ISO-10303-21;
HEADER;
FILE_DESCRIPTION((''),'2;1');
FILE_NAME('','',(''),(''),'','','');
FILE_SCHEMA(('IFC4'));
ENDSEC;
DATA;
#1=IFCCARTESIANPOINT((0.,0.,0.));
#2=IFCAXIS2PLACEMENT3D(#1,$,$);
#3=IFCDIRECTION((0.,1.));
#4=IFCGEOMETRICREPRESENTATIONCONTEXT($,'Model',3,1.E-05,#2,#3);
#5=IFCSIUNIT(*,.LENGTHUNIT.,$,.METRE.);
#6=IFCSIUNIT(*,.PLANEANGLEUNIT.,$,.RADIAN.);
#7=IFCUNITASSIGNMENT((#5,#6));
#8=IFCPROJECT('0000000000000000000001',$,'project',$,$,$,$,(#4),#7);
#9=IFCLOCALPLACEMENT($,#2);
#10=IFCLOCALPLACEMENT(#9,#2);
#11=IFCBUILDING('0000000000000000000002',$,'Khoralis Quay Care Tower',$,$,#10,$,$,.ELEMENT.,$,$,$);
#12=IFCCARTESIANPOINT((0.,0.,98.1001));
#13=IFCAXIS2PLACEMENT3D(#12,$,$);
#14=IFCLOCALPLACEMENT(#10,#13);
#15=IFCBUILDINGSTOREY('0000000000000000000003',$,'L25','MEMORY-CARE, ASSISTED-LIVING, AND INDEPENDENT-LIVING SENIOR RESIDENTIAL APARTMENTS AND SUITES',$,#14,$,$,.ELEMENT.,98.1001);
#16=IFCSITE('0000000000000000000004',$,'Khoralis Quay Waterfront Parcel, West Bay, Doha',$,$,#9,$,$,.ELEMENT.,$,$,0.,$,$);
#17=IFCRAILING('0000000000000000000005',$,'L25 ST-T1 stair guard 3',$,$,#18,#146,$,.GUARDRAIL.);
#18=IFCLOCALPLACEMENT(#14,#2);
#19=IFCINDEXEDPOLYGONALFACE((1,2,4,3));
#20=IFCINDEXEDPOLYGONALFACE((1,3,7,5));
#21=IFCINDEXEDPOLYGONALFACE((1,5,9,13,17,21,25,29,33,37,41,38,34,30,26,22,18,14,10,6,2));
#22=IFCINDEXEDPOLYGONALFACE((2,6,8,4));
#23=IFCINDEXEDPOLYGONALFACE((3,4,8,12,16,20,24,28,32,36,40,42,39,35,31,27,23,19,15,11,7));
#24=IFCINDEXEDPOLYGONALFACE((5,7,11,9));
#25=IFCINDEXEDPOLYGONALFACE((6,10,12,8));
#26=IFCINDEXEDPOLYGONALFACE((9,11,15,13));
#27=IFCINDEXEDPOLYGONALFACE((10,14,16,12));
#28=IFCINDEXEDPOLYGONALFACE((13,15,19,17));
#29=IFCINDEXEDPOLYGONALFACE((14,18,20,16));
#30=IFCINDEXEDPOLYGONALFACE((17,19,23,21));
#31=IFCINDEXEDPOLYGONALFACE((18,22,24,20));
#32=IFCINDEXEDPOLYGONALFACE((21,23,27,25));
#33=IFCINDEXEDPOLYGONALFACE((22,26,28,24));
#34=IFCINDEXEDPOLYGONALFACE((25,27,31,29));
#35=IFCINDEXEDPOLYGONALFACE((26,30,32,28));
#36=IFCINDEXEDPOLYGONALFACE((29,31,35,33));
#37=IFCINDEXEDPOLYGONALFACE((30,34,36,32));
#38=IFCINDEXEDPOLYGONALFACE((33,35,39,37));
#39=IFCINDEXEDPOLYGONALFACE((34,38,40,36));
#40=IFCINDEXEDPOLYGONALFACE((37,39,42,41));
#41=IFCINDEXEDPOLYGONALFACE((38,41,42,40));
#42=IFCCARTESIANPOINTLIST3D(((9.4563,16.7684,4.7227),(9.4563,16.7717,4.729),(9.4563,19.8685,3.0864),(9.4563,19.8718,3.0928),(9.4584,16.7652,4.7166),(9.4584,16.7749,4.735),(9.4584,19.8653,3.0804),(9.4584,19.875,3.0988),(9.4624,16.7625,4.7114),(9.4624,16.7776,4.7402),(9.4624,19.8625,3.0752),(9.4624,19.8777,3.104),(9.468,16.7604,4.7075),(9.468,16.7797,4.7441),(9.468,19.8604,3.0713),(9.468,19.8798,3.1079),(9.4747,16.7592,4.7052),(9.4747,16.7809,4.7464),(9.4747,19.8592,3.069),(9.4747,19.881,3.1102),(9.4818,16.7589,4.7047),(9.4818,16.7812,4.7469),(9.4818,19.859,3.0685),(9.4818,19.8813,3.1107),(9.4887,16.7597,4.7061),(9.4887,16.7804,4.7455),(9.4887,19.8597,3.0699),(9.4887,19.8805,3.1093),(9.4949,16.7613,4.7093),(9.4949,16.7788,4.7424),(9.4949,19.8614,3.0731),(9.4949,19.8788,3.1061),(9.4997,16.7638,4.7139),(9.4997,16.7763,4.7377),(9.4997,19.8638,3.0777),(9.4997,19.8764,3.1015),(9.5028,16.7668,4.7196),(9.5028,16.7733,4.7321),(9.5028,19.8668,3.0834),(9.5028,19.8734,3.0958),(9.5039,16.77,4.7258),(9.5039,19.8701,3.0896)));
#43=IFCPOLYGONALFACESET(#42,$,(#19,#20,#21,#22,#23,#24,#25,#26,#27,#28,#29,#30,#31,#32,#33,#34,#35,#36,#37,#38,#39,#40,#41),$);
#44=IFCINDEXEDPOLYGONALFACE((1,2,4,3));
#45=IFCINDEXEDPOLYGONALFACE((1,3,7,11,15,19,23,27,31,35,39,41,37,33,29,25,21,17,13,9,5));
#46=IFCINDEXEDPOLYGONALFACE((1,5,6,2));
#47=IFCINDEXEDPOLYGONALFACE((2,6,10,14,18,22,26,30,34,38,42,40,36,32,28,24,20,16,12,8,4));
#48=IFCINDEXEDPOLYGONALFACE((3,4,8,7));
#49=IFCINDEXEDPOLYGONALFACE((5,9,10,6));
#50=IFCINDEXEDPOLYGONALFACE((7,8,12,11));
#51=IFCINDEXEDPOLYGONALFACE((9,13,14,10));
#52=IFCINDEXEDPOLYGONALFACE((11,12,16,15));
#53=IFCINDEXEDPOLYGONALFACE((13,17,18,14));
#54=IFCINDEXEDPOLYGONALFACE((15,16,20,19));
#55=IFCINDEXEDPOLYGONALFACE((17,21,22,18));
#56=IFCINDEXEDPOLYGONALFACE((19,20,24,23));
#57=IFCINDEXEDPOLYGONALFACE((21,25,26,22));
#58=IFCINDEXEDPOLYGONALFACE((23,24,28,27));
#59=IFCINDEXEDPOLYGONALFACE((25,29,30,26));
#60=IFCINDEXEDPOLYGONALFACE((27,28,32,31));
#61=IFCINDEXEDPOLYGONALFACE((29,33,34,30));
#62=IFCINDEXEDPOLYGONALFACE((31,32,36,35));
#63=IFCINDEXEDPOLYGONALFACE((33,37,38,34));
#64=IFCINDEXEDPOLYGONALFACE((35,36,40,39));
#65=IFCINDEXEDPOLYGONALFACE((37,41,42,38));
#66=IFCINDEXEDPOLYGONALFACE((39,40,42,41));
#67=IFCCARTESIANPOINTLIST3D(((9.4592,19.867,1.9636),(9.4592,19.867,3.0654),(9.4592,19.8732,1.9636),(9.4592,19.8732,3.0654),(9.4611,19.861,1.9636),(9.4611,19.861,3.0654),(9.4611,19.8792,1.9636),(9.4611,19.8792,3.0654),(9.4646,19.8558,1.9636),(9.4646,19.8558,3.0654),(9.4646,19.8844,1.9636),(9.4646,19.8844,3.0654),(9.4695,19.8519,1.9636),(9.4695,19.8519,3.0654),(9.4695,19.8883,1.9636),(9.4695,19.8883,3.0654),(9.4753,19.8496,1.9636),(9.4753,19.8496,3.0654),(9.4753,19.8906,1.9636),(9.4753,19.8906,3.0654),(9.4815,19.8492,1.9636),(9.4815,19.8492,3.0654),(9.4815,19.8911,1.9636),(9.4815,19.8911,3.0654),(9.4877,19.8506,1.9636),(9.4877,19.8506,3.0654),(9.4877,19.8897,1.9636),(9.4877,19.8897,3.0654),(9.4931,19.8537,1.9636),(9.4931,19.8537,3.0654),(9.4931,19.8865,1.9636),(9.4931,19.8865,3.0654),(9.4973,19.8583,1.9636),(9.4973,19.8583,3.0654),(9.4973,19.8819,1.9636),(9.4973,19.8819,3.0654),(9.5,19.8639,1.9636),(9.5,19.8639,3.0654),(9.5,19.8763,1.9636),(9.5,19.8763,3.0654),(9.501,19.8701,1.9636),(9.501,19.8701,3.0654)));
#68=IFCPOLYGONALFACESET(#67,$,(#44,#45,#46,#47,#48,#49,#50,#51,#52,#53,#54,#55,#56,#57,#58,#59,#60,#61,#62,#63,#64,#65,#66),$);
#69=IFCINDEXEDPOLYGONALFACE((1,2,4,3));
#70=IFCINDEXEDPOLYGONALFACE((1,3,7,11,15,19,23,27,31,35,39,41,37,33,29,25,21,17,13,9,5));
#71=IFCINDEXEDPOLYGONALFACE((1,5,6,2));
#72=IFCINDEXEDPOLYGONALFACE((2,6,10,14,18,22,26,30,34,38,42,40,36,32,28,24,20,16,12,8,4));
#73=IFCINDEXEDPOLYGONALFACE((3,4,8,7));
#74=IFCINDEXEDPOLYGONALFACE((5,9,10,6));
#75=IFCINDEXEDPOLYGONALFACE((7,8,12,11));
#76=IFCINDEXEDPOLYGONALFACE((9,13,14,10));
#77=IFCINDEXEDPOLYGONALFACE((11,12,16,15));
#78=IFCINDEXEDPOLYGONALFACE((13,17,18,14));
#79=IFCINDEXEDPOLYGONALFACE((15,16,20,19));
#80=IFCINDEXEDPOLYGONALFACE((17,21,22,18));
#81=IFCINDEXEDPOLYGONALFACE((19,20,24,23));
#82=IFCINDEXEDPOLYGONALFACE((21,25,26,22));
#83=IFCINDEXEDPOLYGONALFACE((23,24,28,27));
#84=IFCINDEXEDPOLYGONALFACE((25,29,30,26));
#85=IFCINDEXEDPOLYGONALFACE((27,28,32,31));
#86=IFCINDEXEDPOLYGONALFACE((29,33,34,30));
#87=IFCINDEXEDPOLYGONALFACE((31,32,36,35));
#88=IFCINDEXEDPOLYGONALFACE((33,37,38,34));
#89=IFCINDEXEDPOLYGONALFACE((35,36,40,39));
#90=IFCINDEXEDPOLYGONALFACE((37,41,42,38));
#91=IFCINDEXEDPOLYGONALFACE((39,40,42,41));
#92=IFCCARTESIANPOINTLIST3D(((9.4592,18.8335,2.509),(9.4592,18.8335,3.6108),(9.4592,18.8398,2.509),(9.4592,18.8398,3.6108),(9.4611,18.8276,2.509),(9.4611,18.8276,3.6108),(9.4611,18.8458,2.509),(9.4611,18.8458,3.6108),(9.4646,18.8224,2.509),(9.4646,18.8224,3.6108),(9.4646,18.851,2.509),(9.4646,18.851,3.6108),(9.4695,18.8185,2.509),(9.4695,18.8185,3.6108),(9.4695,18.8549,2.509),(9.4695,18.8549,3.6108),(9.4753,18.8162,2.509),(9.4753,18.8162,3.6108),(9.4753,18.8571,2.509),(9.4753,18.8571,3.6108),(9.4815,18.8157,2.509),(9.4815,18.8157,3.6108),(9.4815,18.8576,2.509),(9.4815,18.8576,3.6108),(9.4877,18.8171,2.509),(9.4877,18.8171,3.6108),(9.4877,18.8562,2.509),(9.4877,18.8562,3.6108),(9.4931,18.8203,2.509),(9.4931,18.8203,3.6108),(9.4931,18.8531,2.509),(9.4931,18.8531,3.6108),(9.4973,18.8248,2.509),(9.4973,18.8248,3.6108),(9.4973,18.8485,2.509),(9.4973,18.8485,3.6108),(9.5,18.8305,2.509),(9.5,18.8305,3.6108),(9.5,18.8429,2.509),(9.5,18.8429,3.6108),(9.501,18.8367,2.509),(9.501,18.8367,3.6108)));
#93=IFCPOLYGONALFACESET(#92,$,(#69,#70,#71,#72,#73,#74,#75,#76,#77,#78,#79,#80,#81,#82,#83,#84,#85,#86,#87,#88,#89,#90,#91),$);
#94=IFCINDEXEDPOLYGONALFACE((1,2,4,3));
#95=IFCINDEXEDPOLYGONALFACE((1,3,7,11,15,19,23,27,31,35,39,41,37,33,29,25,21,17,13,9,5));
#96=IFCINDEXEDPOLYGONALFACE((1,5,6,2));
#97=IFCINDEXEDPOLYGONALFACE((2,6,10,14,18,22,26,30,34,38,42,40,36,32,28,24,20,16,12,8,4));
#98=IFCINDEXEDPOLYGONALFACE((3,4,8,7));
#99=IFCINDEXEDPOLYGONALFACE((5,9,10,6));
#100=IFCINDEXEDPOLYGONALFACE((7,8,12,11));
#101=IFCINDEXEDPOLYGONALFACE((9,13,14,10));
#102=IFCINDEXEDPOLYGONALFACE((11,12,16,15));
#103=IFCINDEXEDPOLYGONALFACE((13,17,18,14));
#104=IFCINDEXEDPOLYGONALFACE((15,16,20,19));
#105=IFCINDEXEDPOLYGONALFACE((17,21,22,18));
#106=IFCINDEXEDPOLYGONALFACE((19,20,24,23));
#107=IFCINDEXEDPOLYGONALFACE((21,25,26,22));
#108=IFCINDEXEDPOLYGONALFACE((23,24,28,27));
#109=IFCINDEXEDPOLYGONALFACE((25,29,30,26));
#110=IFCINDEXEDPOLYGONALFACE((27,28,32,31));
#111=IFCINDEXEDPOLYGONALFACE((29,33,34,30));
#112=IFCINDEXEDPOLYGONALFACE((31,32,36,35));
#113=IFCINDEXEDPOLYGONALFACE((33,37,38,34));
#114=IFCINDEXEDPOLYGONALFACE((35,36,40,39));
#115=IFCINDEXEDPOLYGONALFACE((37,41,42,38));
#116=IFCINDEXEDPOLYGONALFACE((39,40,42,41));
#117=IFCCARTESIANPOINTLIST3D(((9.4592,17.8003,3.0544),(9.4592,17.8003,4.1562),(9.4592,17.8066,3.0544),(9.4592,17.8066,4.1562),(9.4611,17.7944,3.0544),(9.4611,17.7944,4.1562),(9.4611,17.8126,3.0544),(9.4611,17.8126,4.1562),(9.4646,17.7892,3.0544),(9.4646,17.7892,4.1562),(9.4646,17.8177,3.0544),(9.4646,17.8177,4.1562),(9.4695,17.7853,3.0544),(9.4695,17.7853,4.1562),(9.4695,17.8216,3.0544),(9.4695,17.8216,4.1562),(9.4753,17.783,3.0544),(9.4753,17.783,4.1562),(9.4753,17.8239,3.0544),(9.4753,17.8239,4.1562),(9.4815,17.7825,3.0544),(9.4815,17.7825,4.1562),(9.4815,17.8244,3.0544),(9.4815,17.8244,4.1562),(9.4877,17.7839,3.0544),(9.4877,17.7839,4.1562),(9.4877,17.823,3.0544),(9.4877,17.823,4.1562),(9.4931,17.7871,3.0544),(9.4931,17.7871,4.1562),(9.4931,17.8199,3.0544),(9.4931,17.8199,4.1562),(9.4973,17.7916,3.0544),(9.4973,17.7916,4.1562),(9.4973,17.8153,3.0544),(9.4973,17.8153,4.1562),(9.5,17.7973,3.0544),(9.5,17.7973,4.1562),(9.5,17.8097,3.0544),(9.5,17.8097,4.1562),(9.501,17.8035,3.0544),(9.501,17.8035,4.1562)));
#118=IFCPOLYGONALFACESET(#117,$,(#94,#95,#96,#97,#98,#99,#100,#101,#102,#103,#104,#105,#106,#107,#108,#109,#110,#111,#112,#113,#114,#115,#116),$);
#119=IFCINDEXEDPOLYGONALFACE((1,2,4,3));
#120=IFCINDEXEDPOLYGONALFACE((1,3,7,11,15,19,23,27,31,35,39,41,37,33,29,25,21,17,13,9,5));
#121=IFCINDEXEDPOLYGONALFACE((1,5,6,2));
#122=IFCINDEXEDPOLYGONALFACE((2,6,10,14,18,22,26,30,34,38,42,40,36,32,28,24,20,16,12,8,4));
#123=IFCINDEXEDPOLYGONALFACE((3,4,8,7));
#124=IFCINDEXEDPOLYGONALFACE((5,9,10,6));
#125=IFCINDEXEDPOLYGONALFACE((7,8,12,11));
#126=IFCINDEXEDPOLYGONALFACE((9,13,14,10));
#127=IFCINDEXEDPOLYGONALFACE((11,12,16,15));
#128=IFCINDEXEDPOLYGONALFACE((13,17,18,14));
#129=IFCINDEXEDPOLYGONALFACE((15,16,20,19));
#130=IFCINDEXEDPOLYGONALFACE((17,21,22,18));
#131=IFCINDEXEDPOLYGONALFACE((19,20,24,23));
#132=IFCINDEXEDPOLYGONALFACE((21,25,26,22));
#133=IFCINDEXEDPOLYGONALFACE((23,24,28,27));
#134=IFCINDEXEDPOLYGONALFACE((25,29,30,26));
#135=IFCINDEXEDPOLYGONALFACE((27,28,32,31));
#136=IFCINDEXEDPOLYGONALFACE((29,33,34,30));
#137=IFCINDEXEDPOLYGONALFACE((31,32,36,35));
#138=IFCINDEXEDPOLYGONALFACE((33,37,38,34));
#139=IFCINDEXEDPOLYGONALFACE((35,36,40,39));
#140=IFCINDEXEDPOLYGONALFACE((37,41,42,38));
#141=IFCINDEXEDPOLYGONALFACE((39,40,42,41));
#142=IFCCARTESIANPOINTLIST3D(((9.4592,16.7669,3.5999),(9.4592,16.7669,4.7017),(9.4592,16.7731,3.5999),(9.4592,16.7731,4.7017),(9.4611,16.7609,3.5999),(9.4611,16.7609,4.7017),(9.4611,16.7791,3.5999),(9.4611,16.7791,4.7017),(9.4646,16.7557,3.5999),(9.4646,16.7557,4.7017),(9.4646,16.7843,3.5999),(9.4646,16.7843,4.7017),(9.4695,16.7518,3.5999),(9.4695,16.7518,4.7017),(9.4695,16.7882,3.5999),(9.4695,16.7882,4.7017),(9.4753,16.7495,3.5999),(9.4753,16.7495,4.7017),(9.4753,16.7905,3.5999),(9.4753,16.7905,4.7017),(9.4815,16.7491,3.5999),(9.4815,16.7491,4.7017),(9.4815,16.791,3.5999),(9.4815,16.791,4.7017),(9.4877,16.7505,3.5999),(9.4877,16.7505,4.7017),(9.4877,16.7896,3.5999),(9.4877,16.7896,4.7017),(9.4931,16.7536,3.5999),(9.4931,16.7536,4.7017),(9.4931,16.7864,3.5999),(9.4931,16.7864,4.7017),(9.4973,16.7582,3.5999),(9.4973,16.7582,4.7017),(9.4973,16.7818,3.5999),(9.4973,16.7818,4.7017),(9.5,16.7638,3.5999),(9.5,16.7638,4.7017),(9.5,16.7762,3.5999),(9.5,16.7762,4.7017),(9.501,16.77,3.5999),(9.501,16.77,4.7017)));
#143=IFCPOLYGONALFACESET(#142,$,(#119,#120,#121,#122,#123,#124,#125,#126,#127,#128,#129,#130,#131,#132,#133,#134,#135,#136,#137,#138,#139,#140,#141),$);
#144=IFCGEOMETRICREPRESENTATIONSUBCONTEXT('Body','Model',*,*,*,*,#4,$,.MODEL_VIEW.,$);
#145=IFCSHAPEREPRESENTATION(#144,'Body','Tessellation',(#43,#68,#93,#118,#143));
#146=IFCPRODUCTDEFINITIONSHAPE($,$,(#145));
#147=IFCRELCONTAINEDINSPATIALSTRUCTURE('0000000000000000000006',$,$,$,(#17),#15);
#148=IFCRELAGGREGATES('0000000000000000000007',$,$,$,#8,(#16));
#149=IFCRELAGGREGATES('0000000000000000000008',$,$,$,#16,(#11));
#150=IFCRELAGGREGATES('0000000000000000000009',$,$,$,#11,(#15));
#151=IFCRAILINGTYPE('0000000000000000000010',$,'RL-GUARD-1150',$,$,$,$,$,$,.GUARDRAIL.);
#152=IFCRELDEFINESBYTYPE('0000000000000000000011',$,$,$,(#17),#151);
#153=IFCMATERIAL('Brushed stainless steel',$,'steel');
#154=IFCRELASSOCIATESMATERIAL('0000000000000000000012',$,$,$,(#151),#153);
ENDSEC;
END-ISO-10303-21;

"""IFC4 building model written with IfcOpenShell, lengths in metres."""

from ifc_helpers import new_model, si_unit, direction, frame, origin, origin_2d, place, context, subcontext, project, spatial, circle, extrude, material, type_object, element, save


model = new_model("IFC4")

# Units and contexts
model_context = context("Model", 3, precision=1e-05, world=origin(), true_north=direction((0.0, 1.0)))
body_context = subcontext(model_context, "Body", "Model", "MODEL_VIEW")
ifc_project = project(units=[si_unit("LENGTHUNIT", "METRE"), si_unit("PLANEANGLEUNIT", "RADIAN")], contexts=[model_context])

# Site, building, storey
site_placement = place(None, origin())
site = spatial("IfcSite", under=ifc_project, at=site_placement, Name="Khoralis Quay Waterfront Parcel, West Bay, Doha", CompositionType="ELEMENT", RefElevation=0.0)
building_placement = place(site_placement, origin())
building = spatial("IfcBuilding", under=site, at=building_placement, Name="Khoralis Quay Care Tower", CompositionType="ELEMENT")
storey_placement = place(building_placement, frame((0.0, 0.0, 98.1001)))
storey = spatial("IfcBuildingStorey", under=building, at=storey_placement, Name="L25", Description="MEMORY-CARE, ASSISTED-LIVING, AND INDEPENDENT-LIVING SENIOR RESIDENTIAL APARTMENTS AND SUITES", CompositionType="ELEMENT", Elevation=98.1001)

# Shared definitions
ifc_material_1 = material(Name="Brushed stainless steel", Category="steel")

# Railing
railing_type_1 = type_object("IfcRailingType", Name="RL-GUARD-1150", PredefinedType="GUARDRAIL", material=ifc_material_1)
railing_1_placement = place(storey_placement, frame((9.48, 19.8701, 1.9636)))
element("IfcRailing", 1, at=railing_1_placement, inside=storey, type_object=railing_type_1, Name="L25 ST-T1 stair guard 3", PredefinedType="GUARDRAIL", context=body_context, shape_type="SweptSolid", body=[
    extrude(circle(Radius=0.0239, at=origin_2d()), frame((0.0, 0.0, 1.126), z_axis=(0.0, -0.884377, 0.466774), x_axis=(1.0, 0.0, 0.0)), (0.0, 0.0, 1.0), 3.5054),
    extrude(circle(Radius=0.021, at=origin_2d()), origin(), (0.0, 0.0, 1.0), 1.1018),
    extrude(circle(Radius=0.021, at=origin_2d()), frame((0.0, -1.0334, 0.5454)), (0.0, 0.0, 1.0), 1.1018),
    extrude(circle(Radius=0.021, at=origin_2d()), frame((0.0, -2.0667, 1.0908)), (0.0, 0.0, 1.0), 1.1018),
    extrude(circle(Radius=0.021, at=origin_2d()), frame((0.0, -3.1001, 1.6362)), (0.0, 0.0, 1.0), 1.1018),
])

save(model, "model.ifc")
